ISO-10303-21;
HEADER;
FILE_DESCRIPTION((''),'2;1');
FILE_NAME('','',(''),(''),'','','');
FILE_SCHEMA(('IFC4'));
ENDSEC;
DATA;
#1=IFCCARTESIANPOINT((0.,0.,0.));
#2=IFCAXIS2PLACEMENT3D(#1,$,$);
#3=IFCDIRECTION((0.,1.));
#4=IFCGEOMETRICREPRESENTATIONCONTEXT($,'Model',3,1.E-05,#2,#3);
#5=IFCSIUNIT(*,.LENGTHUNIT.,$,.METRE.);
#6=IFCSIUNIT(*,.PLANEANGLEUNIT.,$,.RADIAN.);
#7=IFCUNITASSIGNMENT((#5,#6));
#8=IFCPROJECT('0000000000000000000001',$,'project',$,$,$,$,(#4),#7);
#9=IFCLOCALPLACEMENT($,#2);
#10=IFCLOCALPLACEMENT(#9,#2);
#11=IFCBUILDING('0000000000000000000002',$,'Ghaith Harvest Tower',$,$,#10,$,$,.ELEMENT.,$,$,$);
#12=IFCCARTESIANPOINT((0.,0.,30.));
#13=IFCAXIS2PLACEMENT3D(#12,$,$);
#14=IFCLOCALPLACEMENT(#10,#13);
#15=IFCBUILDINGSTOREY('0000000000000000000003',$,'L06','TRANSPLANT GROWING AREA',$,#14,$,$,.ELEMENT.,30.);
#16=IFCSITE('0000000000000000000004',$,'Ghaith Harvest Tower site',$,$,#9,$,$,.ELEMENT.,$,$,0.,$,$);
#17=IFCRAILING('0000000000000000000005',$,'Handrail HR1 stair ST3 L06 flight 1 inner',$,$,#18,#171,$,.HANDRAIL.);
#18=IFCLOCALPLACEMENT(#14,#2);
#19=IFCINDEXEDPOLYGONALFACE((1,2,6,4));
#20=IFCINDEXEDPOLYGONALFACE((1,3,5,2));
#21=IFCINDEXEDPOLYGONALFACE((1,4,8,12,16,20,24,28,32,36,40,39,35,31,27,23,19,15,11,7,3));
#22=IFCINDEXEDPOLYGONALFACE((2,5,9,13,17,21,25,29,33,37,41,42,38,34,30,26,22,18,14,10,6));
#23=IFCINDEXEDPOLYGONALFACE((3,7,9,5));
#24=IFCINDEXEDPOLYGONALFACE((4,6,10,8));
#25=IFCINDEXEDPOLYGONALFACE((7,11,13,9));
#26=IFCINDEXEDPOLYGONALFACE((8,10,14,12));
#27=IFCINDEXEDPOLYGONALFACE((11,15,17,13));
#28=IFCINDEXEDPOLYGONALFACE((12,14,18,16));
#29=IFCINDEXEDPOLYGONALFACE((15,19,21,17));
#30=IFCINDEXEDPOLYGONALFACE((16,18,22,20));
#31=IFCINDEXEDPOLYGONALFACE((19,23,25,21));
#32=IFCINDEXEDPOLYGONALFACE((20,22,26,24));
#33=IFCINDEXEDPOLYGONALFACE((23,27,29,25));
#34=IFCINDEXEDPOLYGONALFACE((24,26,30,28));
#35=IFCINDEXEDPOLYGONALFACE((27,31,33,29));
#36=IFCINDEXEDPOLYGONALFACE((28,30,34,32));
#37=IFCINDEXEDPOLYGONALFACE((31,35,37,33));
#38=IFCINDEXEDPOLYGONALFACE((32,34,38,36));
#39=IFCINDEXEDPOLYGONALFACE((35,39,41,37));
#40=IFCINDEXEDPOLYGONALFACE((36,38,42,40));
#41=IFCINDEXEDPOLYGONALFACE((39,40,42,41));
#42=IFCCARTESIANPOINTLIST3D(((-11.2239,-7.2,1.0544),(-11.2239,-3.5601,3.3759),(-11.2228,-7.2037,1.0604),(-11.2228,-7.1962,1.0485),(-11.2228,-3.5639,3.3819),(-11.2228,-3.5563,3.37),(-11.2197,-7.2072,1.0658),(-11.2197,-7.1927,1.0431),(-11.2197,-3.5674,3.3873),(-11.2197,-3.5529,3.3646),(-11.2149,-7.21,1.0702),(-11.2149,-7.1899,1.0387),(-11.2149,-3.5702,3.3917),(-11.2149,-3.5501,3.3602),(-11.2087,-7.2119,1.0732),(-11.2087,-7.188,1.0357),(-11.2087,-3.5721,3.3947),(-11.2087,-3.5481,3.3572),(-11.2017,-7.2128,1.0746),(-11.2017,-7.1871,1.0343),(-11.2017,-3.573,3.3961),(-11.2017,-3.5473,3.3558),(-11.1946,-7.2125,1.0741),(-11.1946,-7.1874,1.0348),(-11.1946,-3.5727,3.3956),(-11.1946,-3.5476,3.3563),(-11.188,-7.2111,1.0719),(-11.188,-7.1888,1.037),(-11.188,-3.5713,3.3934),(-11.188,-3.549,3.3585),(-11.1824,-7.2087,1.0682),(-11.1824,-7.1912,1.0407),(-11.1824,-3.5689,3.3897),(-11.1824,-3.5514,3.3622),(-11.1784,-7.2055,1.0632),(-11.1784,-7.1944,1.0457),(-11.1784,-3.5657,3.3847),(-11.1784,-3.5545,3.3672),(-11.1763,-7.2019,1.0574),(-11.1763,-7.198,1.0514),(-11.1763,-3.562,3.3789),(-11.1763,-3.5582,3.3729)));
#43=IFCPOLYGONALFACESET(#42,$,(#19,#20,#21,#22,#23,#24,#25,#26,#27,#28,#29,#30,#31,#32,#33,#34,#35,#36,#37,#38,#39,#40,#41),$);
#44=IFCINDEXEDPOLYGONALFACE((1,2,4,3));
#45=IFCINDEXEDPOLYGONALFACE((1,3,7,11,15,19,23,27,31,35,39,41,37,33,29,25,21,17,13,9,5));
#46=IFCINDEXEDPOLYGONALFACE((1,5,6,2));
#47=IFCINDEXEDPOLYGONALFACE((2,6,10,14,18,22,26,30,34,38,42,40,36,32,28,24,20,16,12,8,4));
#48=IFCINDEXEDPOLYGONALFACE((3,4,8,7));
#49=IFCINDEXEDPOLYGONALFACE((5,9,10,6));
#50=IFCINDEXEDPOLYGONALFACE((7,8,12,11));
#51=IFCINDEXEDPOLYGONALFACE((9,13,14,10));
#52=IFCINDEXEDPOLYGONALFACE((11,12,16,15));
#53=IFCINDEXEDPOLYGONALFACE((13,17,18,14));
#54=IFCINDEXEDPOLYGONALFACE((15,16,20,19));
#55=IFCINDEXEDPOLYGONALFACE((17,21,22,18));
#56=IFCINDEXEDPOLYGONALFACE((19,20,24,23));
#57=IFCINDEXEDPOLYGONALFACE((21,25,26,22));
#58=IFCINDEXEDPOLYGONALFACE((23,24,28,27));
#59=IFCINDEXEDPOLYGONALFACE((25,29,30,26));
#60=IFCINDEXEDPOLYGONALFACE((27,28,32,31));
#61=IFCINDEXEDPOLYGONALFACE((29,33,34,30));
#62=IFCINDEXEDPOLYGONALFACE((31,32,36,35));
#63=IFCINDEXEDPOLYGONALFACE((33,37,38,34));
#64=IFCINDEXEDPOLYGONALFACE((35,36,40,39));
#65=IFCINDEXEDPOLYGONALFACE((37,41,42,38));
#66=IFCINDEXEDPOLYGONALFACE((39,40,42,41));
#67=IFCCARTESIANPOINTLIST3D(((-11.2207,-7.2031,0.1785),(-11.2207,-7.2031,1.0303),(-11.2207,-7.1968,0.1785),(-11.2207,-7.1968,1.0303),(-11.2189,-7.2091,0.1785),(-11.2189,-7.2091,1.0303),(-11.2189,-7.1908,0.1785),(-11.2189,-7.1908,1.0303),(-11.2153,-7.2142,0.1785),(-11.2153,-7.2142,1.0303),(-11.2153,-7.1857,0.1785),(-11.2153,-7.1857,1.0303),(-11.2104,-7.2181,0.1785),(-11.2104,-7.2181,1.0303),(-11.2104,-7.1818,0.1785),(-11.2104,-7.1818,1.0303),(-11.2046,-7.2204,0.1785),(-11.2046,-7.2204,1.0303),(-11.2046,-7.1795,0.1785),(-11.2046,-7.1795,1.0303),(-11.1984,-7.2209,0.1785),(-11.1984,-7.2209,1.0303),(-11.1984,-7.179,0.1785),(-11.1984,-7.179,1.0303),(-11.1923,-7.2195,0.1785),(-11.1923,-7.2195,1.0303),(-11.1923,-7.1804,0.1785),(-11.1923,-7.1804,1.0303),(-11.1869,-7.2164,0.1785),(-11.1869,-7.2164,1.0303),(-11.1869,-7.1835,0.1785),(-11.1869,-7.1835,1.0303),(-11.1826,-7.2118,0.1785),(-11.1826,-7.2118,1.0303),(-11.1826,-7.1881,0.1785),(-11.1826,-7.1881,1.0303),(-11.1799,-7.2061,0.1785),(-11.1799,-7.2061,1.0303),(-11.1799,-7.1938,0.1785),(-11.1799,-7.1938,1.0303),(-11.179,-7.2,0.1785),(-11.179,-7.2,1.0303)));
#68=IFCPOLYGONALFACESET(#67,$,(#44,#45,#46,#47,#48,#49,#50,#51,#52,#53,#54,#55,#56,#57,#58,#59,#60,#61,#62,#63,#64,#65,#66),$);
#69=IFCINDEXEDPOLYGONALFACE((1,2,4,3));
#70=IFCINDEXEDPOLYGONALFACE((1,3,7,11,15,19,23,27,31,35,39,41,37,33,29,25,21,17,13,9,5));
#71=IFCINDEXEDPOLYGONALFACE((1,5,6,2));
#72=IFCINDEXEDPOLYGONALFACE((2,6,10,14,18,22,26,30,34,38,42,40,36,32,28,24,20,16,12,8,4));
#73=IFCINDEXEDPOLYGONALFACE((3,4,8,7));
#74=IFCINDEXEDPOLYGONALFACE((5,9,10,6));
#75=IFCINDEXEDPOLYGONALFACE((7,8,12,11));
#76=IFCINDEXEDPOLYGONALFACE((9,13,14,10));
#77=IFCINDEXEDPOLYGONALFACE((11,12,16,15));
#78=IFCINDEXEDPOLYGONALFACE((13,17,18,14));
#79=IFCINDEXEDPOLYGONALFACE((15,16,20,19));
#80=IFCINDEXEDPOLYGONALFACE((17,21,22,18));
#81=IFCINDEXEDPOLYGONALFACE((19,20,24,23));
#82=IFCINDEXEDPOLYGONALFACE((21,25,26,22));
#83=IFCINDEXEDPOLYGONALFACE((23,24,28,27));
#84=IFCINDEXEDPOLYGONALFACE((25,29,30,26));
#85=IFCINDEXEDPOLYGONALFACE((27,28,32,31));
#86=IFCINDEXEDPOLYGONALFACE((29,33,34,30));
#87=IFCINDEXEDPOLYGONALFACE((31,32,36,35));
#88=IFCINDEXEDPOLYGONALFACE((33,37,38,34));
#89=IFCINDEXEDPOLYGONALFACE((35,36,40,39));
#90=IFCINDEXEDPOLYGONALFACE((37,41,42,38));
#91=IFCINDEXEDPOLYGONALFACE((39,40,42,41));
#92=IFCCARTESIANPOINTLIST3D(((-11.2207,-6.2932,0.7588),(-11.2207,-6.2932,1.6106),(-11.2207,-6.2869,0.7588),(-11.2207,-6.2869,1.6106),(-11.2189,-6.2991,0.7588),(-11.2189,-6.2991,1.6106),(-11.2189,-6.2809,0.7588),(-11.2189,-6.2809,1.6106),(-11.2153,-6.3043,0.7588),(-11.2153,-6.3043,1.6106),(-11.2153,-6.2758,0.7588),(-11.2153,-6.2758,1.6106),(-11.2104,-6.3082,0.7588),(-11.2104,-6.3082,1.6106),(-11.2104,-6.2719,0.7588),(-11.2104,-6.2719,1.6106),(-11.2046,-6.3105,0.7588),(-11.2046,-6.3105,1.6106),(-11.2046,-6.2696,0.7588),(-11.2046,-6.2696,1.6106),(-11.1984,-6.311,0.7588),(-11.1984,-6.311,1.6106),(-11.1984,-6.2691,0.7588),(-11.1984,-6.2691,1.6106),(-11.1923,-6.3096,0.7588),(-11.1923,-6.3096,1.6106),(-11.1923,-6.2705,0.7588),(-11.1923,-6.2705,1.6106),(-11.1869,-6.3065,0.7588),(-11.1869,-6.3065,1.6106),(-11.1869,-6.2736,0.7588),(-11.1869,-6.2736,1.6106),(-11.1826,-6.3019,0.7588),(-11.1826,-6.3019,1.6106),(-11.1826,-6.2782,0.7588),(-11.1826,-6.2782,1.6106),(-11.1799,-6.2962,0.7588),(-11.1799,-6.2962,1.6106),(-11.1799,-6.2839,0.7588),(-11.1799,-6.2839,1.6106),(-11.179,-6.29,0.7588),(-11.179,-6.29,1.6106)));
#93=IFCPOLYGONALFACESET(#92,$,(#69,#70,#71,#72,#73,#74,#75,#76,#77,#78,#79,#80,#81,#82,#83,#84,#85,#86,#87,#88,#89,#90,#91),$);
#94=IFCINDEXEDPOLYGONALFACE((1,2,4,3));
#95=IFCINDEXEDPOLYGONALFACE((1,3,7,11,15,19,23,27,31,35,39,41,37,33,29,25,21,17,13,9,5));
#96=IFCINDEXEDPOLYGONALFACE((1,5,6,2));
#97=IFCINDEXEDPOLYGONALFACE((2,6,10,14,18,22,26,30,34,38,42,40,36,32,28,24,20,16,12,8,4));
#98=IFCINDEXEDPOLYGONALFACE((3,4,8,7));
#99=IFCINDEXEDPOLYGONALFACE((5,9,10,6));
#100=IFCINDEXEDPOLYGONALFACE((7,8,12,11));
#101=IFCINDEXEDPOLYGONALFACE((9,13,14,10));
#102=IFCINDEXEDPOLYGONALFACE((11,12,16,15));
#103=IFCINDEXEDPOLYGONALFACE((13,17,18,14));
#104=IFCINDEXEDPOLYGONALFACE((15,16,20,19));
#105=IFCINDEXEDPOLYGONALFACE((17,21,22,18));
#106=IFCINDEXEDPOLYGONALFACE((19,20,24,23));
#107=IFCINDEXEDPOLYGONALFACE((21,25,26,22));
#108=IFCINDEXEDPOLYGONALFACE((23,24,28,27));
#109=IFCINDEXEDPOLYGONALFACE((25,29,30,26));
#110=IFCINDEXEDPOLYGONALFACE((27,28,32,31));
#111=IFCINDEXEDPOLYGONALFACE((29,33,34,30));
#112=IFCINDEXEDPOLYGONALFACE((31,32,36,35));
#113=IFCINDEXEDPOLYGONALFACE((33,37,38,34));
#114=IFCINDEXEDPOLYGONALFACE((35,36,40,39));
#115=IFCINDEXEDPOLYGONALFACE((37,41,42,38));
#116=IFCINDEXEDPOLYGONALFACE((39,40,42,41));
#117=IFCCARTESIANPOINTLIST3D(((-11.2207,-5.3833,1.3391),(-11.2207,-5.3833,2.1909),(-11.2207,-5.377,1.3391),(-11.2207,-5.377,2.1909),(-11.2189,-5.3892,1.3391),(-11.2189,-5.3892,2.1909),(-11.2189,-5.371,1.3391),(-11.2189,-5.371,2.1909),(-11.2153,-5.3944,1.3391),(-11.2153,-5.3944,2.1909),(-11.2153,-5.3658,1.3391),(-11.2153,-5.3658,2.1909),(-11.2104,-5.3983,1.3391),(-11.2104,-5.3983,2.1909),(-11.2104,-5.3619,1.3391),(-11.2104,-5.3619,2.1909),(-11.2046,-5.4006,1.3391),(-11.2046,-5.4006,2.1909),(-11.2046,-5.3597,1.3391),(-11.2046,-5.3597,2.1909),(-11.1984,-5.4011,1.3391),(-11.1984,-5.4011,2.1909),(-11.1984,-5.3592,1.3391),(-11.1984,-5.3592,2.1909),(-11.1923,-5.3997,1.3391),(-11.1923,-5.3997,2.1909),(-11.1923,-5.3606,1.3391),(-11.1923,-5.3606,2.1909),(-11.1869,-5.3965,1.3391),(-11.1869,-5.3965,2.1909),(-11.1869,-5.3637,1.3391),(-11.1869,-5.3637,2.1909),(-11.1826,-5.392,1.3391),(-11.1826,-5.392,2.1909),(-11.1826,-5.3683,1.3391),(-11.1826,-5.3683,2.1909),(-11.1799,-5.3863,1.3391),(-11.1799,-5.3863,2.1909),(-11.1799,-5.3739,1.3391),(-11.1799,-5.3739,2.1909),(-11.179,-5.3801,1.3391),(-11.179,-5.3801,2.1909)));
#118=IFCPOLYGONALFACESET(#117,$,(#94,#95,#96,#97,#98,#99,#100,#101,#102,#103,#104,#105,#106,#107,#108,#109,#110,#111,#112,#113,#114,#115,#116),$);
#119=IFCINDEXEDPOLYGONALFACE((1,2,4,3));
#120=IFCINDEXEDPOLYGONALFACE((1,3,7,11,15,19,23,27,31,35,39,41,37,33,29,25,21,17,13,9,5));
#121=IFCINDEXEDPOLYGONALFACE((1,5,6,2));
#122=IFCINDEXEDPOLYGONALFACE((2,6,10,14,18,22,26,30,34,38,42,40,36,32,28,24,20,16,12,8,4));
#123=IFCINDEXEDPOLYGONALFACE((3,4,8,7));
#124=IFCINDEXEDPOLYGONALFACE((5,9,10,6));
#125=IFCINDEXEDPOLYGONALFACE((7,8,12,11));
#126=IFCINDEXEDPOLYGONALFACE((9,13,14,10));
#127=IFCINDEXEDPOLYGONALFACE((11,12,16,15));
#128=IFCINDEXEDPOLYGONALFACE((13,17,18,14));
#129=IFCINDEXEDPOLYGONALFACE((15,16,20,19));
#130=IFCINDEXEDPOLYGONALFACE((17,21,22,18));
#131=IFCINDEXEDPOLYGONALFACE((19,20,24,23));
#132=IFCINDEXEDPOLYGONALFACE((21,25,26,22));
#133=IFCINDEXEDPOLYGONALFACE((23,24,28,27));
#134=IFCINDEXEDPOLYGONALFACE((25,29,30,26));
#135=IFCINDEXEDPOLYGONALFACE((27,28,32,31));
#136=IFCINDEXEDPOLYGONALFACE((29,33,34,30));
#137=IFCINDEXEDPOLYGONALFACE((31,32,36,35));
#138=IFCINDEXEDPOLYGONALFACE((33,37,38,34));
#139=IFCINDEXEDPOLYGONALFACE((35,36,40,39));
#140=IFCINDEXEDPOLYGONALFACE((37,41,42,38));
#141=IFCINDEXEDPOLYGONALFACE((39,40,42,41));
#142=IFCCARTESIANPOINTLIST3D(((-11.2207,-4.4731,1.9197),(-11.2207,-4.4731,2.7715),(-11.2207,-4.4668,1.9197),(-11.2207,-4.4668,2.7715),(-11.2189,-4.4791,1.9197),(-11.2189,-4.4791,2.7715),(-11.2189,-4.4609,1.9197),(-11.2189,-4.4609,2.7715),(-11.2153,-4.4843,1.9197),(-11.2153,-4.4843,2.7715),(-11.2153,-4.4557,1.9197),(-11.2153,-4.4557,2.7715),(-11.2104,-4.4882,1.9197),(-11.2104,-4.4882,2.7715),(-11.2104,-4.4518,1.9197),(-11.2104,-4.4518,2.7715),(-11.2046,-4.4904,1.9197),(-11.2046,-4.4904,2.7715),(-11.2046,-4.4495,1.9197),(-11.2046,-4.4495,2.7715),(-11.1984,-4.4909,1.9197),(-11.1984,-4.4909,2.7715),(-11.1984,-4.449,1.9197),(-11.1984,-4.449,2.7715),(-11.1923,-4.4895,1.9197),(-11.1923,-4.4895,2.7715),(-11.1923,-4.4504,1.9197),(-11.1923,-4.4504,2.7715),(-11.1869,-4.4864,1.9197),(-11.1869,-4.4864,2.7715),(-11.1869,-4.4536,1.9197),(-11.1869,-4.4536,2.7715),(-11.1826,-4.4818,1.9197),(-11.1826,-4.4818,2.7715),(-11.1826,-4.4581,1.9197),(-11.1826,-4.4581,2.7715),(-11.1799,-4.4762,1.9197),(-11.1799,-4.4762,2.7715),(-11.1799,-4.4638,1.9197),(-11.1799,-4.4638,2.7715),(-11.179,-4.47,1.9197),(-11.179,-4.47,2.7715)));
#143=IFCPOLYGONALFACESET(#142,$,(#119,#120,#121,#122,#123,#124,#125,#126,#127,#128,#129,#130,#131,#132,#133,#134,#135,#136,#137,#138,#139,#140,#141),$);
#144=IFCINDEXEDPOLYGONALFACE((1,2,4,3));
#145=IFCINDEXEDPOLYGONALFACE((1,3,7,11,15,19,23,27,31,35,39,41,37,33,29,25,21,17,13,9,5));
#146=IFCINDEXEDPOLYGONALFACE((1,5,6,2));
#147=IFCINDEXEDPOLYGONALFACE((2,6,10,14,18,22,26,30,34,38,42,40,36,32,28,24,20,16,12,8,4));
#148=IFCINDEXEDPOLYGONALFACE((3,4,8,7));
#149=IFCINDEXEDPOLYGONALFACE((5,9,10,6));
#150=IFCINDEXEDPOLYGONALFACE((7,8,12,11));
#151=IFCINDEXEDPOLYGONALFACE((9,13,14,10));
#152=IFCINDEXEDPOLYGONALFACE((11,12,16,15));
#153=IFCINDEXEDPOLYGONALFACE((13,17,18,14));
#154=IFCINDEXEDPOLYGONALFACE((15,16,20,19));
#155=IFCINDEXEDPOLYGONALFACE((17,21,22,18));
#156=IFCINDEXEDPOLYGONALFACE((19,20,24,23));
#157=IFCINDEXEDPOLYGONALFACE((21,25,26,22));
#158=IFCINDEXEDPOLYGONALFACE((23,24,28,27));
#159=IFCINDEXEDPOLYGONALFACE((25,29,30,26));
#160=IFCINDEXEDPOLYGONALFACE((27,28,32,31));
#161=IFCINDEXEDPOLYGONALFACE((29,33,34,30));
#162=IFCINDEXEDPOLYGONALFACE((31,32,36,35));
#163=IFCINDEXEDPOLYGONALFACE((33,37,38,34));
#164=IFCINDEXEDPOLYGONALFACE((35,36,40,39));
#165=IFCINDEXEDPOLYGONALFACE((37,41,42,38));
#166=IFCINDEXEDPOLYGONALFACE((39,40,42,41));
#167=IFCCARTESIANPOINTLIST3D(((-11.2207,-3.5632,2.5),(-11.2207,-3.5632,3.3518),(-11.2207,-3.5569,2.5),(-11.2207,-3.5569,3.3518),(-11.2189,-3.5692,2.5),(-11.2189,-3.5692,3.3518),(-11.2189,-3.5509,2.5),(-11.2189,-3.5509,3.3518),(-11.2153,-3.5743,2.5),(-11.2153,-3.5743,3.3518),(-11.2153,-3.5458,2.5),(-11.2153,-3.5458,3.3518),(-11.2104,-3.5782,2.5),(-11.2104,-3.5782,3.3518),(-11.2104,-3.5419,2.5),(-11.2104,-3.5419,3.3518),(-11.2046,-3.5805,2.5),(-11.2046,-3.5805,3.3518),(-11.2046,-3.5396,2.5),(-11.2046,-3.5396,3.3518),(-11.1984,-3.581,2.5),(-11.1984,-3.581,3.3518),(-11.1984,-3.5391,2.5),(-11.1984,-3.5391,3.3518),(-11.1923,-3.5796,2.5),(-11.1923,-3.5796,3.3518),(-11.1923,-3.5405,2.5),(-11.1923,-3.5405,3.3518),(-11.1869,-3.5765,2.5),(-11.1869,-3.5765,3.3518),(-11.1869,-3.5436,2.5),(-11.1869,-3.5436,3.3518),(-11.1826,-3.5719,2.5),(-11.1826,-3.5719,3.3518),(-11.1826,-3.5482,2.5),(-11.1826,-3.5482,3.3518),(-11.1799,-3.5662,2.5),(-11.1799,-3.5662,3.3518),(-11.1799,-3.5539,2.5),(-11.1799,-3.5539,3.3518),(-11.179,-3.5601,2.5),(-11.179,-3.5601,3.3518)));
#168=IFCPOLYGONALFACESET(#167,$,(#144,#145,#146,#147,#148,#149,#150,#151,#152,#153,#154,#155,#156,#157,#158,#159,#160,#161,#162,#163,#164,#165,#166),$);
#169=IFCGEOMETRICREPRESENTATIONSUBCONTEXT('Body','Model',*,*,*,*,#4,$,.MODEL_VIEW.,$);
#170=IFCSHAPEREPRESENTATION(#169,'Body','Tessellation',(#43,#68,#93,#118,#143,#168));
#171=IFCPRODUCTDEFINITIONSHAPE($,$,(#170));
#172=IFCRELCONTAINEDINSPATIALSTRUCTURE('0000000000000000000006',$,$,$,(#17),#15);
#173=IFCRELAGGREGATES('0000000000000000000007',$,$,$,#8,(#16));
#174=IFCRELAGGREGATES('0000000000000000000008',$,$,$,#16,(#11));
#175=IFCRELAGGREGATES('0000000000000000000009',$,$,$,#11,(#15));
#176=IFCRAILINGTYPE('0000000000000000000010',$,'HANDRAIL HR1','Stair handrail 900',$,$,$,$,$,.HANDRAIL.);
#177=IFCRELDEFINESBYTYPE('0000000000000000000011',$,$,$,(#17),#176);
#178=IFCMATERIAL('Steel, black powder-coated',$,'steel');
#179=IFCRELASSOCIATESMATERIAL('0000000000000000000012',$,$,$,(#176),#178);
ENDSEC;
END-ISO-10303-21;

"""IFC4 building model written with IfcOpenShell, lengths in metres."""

from ifc_helpers import new_model, si_unit, direction, frame, origin, origin_2d, place, context, subcontext, project, spatial, circle, extrude, material, type_object, element, save


model = new_model("IFC4")

# Units and contexts
model_context = context("Model", 3, precision=1e-05, world=origin(), true_north=direction((0.0, 1.0)))
body_context = subcontext(model_context, "Body", "Model", "MODEL_VIEW")
ifc_project = project(units=[si_unit("LENGTHUNIT", "METRE"), si_unit("PLANEANGLEUNIT", "RADIAN")], contexts=[model_context])

# Site, building, storey
site_placement = place(None, origin())
site = spatial("IfcSite", under=ifc_project, at=site_placement, Name="Ghaith Harvest Tower site", CompositionType="ELEMENT", RefElevation=0.0)
building_placement = place(site_placement, origin())
building = spatial("IfcBuilding", under=site, at=building_placement, Name="Ghaith Harvest Tower", CompositionType="ELEMENT")
storey_placement = place(building_placement, frame((0.0, 0.0, 30.0)))
storey = spatial("IfcBuildingStorey", under=building, at=storey_placement, Name="L06", Description="TRANSPLANT GROWING AREA", CompositionType="ELEMENT", Elevation=30.0)

# Railing
ifc_material_1 = material(Name="Steel, black powder-coated", Category="steel")
railing_type = type_object("IfcRailingType", Name="HANDRAIL HR1", Description="Stair handrail 900", PredefinedType="HANDRAIL", material=ifc_material_1)
railing_1_placement = place(storey_placement, frame((-11.2, -7.2, 0.1785)))
element("IfcRailing", 1, at=railing_1_placement, inside=storey, type_object=railing_type, Name="Handrail HR1 stair ST3 L06 flight 1 inner", PredefinedType="HANDRAIL", context=body_context, shape_type="SweptSolid", body=[
    extrude(circle(Radius=0.0239, at=origin_2d()), frame((0.0, 0.0, 0.876), z_axis=(0.0, 0.843112, 0.537739), x_axis=(-1.0, 0.0, 0.0)), (0.0, 0.0, 1.0), 4.3171),
    extrude(circle(Radius=0.021, at=origin_2d()), origin(), (0.0, 0.0, 1.0), 0.8518),
    extrude(circle(Radius=0.021, at=origin_2d()), frame((0.0, 0.9099, 0.5803)), (0.0, 0.0, 1.0), 0.8518),
    extrude(circle(Radius=0.021, at=origin_2d()), frame((0.0, 1.8198, 1.1606)), (0.0, 0.0, 1.0), 0.8518),
    extrude(circle(Radius=0.021, at=origin_2d()), frame((0.0, 2.73, 1.7412)), (0.0, 0.0, 1.0), 0.8518),
    extrude(circle(Radius=0.021, at=origin_2d()), frame((0.0, 3.6399, 2.3215)), (0.0, 0.0, 1.0), 0.8518),
])

save(model, "model.ifc")
